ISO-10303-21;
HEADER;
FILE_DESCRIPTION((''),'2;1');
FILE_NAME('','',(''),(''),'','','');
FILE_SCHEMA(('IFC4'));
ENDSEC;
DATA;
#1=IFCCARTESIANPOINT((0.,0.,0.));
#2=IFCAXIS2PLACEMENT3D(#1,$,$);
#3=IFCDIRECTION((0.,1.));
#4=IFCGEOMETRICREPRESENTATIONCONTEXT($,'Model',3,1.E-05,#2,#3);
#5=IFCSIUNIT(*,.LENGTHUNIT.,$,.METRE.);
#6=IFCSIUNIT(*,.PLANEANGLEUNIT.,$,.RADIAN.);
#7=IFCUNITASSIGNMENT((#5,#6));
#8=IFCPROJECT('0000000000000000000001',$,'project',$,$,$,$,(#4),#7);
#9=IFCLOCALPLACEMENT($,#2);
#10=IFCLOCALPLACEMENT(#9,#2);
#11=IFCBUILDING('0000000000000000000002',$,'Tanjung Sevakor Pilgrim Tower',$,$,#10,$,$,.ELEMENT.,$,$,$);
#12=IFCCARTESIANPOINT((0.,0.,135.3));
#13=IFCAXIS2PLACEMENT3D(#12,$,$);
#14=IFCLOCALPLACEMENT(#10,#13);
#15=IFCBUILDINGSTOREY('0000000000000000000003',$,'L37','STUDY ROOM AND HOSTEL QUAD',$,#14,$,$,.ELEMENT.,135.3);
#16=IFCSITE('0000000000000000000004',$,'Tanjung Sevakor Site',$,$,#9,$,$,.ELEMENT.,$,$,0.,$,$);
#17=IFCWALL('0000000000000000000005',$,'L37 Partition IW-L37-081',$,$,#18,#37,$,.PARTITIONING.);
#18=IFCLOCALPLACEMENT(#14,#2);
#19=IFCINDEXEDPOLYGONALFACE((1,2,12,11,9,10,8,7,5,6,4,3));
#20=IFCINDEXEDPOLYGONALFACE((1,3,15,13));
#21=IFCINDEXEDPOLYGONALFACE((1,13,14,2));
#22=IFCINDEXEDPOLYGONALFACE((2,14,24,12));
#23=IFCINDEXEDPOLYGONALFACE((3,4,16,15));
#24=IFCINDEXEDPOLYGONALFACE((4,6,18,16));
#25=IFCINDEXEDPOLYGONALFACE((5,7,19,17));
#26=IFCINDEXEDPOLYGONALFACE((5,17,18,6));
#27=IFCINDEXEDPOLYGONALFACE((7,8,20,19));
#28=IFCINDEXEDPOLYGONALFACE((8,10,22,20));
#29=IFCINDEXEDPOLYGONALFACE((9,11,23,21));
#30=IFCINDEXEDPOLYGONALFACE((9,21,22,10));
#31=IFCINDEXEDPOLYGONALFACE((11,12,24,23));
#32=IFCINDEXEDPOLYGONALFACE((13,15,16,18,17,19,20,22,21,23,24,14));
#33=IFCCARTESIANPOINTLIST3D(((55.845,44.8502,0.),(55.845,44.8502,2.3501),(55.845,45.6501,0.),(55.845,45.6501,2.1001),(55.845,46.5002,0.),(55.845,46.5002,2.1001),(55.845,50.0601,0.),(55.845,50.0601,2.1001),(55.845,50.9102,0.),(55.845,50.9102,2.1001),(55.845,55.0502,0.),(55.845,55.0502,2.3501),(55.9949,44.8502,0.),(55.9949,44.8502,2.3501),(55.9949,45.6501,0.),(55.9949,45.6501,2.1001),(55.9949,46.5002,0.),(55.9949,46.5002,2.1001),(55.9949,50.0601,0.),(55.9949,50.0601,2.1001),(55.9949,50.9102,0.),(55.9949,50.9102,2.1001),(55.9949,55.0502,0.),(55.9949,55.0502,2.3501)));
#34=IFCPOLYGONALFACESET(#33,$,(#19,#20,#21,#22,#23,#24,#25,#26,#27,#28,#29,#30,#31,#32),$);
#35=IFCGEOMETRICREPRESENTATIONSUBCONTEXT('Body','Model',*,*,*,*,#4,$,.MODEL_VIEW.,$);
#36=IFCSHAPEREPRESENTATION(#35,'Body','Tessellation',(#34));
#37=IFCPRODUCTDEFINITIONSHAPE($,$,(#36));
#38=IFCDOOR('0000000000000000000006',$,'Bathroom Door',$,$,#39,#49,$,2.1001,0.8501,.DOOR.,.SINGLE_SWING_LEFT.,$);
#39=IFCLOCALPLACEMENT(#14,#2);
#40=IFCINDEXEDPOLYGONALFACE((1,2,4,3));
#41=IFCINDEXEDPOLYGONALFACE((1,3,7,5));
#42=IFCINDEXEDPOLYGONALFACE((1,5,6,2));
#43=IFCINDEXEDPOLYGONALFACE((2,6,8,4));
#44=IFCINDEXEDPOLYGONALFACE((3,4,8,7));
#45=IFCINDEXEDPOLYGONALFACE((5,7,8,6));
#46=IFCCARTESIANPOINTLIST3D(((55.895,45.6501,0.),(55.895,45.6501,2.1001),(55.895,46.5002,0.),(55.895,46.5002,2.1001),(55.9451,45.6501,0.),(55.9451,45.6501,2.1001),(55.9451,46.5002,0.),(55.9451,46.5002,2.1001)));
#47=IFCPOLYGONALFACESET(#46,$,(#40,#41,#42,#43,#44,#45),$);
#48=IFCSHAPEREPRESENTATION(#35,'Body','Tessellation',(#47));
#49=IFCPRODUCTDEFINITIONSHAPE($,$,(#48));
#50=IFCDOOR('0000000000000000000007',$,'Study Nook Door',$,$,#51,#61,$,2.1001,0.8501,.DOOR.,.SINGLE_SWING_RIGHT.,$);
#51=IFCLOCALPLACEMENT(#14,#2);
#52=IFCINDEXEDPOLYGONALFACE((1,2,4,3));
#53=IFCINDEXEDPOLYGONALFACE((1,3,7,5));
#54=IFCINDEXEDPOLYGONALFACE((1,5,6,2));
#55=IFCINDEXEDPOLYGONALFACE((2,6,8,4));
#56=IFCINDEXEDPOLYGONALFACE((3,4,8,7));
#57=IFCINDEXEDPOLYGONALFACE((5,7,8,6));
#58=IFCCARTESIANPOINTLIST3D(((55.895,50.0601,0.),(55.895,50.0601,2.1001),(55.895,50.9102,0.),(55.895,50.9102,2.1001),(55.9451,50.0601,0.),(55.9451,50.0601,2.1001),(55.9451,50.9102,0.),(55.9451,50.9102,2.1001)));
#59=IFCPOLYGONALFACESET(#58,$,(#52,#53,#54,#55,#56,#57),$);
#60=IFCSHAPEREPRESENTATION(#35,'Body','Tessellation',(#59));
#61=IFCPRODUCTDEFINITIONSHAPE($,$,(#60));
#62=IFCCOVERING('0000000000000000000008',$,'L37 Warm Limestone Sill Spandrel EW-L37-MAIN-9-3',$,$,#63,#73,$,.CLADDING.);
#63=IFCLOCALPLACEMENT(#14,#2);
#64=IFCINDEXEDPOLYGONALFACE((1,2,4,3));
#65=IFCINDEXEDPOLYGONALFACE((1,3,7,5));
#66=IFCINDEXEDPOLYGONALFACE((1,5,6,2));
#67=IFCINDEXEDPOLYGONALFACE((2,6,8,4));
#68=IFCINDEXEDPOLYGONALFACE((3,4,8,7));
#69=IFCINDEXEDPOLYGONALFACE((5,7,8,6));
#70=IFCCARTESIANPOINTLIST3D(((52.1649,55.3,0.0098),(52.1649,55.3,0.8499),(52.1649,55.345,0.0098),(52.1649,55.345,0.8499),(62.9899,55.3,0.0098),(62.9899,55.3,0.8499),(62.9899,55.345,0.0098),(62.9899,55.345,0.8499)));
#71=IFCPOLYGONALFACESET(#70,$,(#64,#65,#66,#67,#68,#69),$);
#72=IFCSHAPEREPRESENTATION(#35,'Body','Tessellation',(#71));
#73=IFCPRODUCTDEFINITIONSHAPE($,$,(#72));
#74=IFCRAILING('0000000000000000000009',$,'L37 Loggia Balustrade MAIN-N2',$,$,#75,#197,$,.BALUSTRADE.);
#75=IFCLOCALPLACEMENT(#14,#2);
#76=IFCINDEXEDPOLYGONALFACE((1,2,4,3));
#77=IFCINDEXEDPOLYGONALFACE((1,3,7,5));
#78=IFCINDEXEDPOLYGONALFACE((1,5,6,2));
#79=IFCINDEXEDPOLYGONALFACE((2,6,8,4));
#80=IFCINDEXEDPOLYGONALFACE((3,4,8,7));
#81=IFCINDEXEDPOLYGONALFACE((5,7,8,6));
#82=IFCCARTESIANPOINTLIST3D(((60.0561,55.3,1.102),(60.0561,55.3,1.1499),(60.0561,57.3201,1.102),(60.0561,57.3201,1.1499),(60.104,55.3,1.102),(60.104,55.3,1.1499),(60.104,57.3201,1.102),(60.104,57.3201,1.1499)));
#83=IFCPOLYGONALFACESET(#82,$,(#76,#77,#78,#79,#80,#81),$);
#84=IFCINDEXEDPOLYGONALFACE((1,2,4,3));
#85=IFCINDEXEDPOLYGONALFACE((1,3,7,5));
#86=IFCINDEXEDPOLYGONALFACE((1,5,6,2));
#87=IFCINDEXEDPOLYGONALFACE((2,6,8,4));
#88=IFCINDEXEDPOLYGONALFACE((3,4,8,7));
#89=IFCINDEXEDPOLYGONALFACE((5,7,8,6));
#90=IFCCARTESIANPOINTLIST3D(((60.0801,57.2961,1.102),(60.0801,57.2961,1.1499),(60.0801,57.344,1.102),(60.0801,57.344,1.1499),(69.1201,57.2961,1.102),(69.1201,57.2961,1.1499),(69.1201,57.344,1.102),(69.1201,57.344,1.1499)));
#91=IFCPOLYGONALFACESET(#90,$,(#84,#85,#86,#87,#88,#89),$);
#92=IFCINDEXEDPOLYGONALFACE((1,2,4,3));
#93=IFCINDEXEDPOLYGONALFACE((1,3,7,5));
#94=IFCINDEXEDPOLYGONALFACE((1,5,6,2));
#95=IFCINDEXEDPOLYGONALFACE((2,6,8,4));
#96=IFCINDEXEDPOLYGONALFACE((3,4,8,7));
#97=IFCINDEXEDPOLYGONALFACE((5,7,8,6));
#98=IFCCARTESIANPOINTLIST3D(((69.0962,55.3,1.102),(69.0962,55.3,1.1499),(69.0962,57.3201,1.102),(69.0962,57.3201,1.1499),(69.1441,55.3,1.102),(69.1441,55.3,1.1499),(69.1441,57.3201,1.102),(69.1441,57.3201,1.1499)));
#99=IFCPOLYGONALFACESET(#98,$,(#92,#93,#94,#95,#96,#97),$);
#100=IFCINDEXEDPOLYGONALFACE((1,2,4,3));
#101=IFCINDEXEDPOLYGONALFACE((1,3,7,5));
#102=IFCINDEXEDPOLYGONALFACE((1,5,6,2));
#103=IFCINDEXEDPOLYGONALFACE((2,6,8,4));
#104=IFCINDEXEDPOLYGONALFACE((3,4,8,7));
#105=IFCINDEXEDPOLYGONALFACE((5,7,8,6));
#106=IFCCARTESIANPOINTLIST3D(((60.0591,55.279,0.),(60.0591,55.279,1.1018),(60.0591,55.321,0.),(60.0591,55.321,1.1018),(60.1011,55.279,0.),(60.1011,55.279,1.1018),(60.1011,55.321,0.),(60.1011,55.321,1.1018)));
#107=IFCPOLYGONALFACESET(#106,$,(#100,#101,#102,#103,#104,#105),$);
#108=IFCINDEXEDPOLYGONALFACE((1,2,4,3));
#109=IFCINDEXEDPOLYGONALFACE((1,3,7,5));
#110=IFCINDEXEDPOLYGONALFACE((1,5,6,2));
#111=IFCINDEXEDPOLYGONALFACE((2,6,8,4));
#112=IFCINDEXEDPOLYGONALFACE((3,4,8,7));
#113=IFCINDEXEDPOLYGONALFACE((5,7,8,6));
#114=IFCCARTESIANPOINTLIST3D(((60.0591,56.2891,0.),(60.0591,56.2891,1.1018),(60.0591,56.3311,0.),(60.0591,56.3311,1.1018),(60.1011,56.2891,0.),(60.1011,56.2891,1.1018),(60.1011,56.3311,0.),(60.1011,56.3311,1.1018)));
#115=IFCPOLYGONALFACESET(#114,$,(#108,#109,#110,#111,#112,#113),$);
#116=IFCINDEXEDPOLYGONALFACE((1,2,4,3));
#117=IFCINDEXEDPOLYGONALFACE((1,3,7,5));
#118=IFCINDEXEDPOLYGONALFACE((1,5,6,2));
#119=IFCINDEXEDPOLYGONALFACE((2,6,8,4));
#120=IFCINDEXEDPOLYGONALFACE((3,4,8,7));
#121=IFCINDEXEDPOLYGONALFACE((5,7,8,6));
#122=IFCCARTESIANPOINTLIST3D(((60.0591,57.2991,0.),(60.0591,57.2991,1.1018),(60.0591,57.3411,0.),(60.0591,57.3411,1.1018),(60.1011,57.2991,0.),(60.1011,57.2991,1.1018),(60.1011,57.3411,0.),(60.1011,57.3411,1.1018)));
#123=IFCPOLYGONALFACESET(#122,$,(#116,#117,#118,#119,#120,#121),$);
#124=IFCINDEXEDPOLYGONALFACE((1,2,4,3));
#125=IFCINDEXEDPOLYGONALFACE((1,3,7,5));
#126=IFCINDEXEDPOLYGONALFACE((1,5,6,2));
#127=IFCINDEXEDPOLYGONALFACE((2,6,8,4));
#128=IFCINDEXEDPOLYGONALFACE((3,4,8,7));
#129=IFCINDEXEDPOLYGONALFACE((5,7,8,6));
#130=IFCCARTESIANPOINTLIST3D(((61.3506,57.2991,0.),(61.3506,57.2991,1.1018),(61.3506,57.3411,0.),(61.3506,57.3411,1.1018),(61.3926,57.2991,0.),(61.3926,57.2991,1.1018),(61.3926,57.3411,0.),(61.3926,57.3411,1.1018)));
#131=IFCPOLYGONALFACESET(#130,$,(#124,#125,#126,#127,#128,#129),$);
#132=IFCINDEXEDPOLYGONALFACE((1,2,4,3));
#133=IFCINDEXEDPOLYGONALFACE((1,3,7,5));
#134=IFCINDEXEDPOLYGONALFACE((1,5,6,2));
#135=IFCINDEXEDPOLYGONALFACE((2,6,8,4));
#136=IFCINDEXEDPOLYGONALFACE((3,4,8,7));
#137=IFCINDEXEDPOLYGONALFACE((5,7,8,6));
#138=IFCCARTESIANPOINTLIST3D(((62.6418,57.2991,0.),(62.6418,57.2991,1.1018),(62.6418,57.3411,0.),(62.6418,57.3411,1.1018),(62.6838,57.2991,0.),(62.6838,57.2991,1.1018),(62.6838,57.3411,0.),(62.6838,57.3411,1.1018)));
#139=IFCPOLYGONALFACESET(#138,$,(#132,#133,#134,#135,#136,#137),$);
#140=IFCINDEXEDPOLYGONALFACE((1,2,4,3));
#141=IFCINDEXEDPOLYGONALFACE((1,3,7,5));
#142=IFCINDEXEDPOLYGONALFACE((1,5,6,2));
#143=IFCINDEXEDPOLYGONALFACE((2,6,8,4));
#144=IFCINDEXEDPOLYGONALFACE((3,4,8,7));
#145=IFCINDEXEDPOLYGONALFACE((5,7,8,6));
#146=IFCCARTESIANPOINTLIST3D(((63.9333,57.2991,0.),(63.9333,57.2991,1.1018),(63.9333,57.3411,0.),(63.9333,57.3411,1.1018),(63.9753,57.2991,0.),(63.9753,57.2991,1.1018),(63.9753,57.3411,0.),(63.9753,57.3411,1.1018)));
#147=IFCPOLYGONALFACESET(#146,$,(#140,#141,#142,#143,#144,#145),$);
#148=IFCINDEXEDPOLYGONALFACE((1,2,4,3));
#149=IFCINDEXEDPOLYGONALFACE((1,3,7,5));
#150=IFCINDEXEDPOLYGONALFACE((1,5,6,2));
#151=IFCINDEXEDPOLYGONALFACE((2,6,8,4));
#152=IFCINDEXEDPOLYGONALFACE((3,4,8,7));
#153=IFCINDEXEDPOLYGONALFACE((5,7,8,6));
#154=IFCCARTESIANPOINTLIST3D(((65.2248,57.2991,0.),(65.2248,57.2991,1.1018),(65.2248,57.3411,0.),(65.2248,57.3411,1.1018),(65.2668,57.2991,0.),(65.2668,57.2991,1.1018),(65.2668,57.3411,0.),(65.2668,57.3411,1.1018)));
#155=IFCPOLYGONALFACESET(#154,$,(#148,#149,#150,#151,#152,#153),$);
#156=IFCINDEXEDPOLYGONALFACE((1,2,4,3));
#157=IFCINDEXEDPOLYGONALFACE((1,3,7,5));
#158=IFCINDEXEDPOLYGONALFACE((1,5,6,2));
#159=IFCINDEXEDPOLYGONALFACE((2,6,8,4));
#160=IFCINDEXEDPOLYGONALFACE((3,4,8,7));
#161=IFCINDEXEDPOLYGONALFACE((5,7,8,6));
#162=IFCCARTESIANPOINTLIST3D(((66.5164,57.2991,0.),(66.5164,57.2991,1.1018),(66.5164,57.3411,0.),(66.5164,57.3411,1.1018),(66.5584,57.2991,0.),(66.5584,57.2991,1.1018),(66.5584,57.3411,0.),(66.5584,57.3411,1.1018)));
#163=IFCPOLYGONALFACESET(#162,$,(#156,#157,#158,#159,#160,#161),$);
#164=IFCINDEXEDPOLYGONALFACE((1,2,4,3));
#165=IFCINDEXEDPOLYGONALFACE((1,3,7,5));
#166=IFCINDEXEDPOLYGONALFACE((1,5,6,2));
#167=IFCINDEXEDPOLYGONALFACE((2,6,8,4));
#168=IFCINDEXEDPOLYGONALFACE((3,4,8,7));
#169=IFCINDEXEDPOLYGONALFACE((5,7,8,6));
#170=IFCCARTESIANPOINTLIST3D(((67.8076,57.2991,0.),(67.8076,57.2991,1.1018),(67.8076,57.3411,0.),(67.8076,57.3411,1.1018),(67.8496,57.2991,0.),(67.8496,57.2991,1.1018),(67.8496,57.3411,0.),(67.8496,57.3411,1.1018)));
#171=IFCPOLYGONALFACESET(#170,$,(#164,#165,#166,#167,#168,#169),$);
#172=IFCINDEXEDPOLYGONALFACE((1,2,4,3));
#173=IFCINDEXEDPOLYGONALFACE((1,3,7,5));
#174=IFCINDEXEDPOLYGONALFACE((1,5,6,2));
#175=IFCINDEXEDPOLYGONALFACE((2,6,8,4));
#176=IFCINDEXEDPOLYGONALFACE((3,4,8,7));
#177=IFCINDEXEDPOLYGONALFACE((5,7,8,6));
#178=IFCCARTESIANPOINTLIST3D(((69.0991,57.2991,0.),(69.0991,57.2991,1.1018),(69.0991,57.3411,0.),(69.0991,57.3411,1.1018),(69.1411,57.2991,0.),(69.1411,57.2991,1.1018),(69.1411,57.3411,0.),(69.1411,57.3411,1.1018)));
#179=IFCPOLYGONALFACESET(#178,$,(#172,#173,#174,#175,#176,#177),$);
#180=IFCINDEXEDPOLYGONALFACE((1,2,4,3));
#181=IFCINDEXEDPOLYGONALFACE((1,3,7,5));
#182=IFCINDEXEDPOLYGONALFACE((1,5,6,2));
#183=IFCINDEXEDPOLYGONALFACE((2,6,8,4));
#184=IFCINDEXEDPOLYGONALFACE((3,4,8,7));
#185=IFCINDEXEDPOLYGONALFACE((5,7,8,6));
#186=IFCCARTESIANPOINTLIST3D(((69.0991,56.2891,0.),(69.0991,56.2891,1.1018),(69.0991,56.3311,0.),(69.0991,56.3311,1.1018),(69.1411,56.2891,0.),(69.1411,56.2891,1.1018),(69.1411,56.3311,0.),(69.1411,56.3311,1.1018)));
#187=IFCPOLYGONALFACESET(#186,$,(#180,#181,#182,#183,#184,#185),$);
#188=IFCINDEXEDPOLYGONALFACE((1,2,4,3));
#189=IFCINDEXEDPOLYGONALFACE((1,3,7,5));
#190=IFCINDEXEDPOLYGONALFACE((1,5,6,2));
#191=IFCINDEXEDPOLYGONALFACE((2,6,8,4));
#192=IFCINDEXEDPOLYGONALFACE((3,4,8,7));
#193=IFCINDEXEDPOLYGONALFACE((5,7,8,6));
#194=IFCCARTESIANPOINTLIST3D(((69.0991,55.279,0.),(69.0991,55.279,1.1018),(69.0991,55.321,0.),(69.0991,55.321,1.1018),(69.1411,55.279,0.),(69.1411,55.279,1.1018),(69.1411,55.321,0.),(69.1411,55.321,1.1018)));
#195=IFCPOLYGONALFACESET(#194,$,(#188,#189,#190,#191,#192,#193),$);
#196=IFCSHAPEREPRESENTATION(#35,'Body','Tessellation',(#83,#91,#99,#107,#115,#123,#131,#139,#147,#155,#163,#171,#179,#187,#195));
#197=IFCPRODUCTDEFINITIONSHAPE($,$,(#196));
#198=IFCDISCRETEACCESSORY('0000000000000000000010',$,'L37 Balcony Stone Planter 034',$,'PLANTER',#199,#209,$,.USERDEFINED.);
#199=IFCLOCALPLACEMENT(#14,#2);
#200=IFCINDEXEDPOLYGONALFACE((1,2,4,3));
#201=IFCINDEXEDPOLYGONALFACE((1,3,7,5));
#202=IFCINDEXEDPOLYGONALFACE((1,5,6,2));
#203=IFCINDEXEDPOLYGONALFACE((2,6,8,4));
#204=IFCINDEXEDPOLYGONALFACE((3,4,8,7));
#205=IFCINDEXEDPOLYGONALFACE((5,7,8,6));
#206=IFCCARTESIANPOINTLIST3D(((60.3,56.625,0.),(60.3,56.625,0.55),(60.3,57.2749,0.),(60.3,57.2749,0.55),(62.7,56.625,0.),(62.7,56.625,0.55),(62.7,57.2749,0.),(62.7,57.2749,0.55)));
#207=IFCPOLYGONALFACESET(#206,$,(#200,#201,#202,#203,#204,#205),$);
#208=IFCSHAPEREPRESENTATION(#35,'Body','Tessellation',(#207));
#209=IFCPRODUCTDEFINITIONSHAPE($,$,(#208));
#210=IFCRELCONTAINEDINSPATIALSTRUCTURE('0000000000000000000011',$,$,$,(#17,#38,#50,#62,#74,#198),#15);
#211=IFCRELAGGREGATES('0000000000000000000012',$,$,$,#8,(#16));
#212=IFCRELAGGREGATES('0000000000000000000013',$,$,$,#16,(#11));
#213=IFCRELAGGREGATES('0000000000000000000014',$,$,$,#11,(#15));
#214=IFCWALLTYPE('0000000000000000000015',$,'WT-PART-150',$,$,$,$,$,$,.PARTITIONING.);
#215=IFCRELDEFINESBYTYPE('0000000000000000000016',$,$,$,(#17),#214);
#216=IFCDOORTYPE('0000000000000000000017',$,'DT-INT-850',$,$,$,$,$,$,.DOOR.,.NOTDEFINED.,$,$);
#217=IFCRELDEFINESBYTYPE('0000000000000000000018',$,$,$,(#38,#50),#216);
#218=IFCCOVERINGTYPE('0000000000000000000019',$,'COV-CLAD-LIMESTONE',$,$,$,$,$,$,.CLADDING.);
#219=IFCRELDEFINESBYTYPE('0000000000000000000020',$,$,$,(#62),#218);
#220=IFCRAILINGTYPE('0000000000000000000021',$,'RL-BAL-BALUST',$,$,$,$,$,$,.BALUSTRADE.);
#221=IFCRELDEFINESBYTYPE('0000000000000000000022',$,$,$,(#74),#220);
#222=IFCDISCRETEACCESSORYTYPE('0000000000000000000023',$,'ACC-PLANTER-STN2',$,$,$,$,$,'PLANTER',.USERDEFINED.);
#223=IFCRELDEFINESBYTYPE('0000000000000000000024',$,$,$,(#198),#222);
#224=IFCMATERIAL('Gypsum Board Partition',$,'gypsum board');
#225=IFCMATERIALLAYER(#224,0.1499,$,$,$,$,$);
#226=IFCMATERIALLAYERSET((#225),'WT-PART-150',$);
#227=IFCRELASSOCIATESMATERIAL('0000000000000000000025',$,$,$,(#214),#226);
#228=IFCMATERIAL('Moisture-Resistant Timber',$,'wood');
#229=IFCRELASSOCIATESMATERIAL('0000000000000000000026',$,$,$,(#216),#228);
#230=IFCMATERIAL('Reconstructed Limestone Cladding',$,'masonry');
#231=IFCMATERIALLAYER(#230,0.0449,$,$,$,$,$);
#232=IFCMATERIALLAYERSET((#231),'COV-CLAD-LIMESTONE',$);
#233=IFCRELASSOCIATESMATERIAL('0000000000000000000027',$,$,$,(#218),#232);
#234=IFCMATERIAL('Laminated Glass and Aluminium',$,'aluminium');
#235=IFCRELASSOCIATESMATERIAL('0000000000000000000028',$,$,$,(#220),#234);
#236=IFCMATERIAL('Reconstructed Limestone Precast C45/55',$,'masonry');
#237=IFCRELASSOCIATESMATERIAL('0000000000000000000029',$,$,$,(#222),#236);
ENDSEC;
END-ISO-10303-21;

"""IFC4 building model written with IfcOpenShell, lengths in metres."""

from ifc_helpers import new_model, si_unit, direction, frame, frame_2d, origin, origin_2d, place, context, subcontext, project, spatial, rectangle, extrude, material, layer, layer_set, type_object, element, fill, save


model = new_model("IFC4")

# Units and contexts
model_context = context("Model", 3, precision=1e-05, world=origin(), true_north=direction((0.0, 1.0)))
body_context = subcontext(model_context, "Body", "Model", "MODEL_VIEW")
ifc_project = project(units=[si_unit("LENGTHUNIT", "METRE"), si_unit("PLANEANGLEUNIT", "RADIAN")], contexts=[model_context])

# Site, building, storey
site_placement = place(None, origin())
site = spatial("IfcSite", under=ifc_project, at=site_placement, Name="Tanjung Sevakor Site", CompositionType="ELEMENT", RefElevation=0.0)
building_placement = place(site_placement, origin())
building = spatial("IfcBuilding", under=site, at=building_placement, Name="Tanjung Sevakor Pilgrim Tower", CompositionType="ELEMENT")
storey_placement = place(building_placement, frame((0.0, 0.0, 135.3)))
storey = spatial("IfcBuildingStorey", under=building, at=storey_placement, Name="L37", Description="STUDY ROOM AND HOSTEL QUAD", CompositionType="ELEMENT", Elevation=135.3)

# Wall, openings, doors
ifc_material_1 = material(Name="Gypsum Board Partition", Category="gypsum board")
ifc_layer_1 = layer(ifc_material_1, 0.1499)
ifc_layer_set_1 = layer_set([ifc_layer_1], Name="WT-PART-150")
wall_type_1 = type_object("IfcWallType", Name="WT-PART-150", PredefinedType="PARTITIONING", material=ifc_layer_set_1)
wall_1_placement = place(storey_placement, frame((55.9199, 44.8501, 0.0), z_axis=(0.0, 0.0, 1.0), x_axis=(0.0, 1.0, 0.0)))
wall_1 = element("IfcWall", 1, at=wall_1_placement, inside=storey, type_object=wall_type_1, Name="L37 Partition IW-L37-081", PredefinedType="PARTITIONING", context=body_context, shape_type="SweptSolid", body=[
    extrude(rectangle(XDim=10.2, YDim=0.1499, at=frame_2d((5.1001, 0.0))), origin(), (0.0, 0.0, 1.0), 2.3501),
])
opening_1_placement = place(wall_1_placement, frame((0.8, 0.0, 0.0)))
opening_1 = element("IfcOpeningElement", 2, at=opening_1_placement, cuts=wall_1, PredefinedType="OPENING", context=body_context, shape_type="SweptSolid", body=[
    extrude(rectangle(XDim=0.8501, YDim=2.1001, at=frame_2d((0.425, 1.05))), frame((0.0, 0.085, 0.0), z_axis=(0.0, -1.0, 0.0), x_axis=(1.0, 0.0, 0.0)), (0.0, 0.0, 1.0), 0.1699),
])
opening_2_placement = place(wall_1_placement, frame((5.21, 0.0, 0.0)))
opening_2 = element("IfcOpeningElement", 3, at=opening_2_placement, cuts=wall_1, PredefinedType="OPENING", context=body_context, shape_type="SweptSolid", body=[
    extrude(rectangle(XDim=0.8501, YDim=2.1001, at=frame_2d((0.425, 1.05))), frame((0.0, 0.085, 0.0), z_axis=(0.0, -1.0, 0.0), x_axis=(1.0, 0.0, 0.0)), (0.0, 0.0, 1.0), 0.1699),
])
ifc_material_2 = material(Name="Moisture-Resistant Timber", Category="wood")
door_type_1 = type_object("IfcDoorType", Name="DT-INT-850", OperationType="NOTDEFINED", PredefinedType="DOOR", material=ifc_material_2)
door_1_placement = place(opening_1_placement, origin())
door_1 = element("IfcDoor", 4, at=door_1_placement, inside=storey, type_object=door_type_1, Name="Bathroom Door", OperationType="SINGLE_SWING_LEFT", OverallHeight=2.1001, OverallWidth=0.8501, PredefinedType="DOOR", context=body_context, shape_type="SweptSolid", body=[
    extrude(rectangle(XDim=0.8501, YDim=2.1001, at=frame_2d((0.425, 1.05))), frame((0.0, 0.0249, 0.0), z_axis=(0.0, -1.0, 0.0), x_axis=(1.0, 0.0, 0.0)), (0.0, 0.0, 1.0), 0.05),
])
fill(opening_1, door_1)
door_2_placement = place(opening_2_placement, origin())
door_2 = element("IfcDoor", 5, at=door_2_placement, inside=storey, type_object=door_type_1, Name="Study Nook Door", OperationType="SINGLE_SWING_RIGHT", OverallHeight=2.1001, OverallWidth=0.8501, PredefinedType="DOOR", context=body_context, shape_type="SweptSolid", body=[
    extrude(rectangle(XDim=0.8501, YDim=2.1001, at=frame_2d((0.425, 1.05))), frame((0.0, 0.0249, 0.0), z_axis=(0.0, -1.0, 0.0), x_axis=(1.0, 0.0, 0.0)), (0.0, 0.0, 1.0), 0.05),
])
fill(opening_2, door_2)

# Covering
ifc_material_3 = material(Name="Reconstructed Limestone Cladding", Category="masonry")
ifc_layer_2 = layer(ifc_material_3, 0.0449)
ifc_layer_set_2 = layer_set([ifc_layer_2], Name="COV-CLAD-LIMESTONE")
covering_type = type_object("IfcCoveringType", Name="COV-CLAD-LIMESTONE", PredefinedType="CLADDING", material=ifc_layer_set_2)
covering_placement = place(storey_placement, frame((57.5774, 55.3225, 0.0098), z_axis=(0.0, 0.0, 1.0), x_axis=(-1.0, 0.0, 0.0)))
element("IfcCovering", 6, at=covering_placement, inside=storey, type_object=covering_type, Name="L37 Warm Limestone Sill Spandrel EW-L37-MAIN-9-3", PredefinedType="CLADDING", context=body_context, shape_type="SweptSolid", body=[
    extrude(rectangle(XDim=10.825, YDim=0.0449, at=origin_2d()), origin(), (0.0, 0.0, 1.0), 0.8401),
])

# Railing
ifc_material_4 = material(Name="Laminated Glass and Aluminium", Category="aluminium")
railing_type = type_object("IfcRailingType", Name="RL-BAL-BALUST", PredefinedType="BALUSTRADE", material=ifc_material_4)
railing_placement = place(storey_placement, frame((60.0801, 55.3, 0.0)))
element("IfcRailing", 7, at=railing_placement, inside=storey, type_object=railing_type, Name="L37 Loggia Balustrade MAIN-N2", PredefinedType="BALUSTRADE", context=body_context, shape_type="SweptSolid", body=[
    extrude(rectangle(XDim=0.0479, YDim=0.0479), frame((0.0, 0.0, 1.126), z_axis=(0.0, 1.0, 0.0), x_axis=(-1.0, 0.0, 0.0)), (0.0, 0.0, 1.0), 2.02),
    extrude(rectangle(XDim=0.0479, YDim=0.0479), frame((0.0, 2.02, 1.126), z_axis=(1.0, 0.0, 0.0), x_axis=(0.0, 1.0, 0.0)), (0.0, 0.0, 1.0), 9.04),
    extrude(rectangle(XDim=0.0479, YDim=0.0479), frame((9.04, 2.02, 1.126), z_axis=(0.0, -1.0, 0.0), x_axis=(1.0, 0.0, 0.0)), (0.0, 0.0, 1.0), 2.02),
    extrude(rectangle(XDim=0.042, YDim=0.042), origin(), (0.0, 0.0, 1.0), 1.1018),
    extrude(rectangle(XDim=0.042, YDim=0.042), frame((0.0, 1.01, 0.0)), (0.0, 0.0, 1.0), 1.1018),
    extrude(rectangle(XDim=0.042, YDim=0.042), frame((0.0, 2.02, 0.0)), (0.0, 0.0, 1.0), 1.1018),
    extrude(rectangle(XDim=0.042, YDim=0.042), frame((1.2915, 2.02, 0.0)), (0.0, 0.0, 1.0), 1.1018),
    extrude(rectangle(XDim=0.042, YDim=0.042), frame((2.5828, 2.02, 0.0)), (0.0, 0.0, 1.0), 1.1018),
    extrude(rectangle(XDim=0.042, YDim=0.042), frame((3.8743, 2.02, 0.0)), (0.0, 0.0, 1.0), 1.1018),
    extrude(rectangle(XDim=0.042, YDim=0.042), frame((5.1658, 2.02, 0.0)), (0.0, 0.0, 1.0), 1.1018),
    extrude(rectangle(XDim=0.042, YDim=0.042), frame((6.4573, 2.02, 0.0)), (0.0, 0.0, 1.0), 1.1018),
    extrude(rectangle(XDim=0.042, YDim=0.042), frame((7.7485, 2.02, 0.0)), (0.0, 0.0, 1.0), 1.1018),
    extrude(rectangle(XDim=0.042, YDim=0.042), frame((9.04, 2.02, 0.0)), (0.0, 0.0, 1.0), 1.1018),
    extrude(rectangle(XDim=0.042, YDim=0.042), frame((9.04, 1.01, 0.0)), (0.0, 0.0, 1.0), 1.1018),
    extrude(rectangle(XDim=0.042, YDim=0.042), frame((9.04, 0.0, 0.0)), (0.0, 0.0, 1.0), 1.1018),
])

# Discrete accessory
ifc_material_5 = material(Name="Reconstructed Limestone Precast C45/55", Category="masonry")
discrete_accessory_type = type_object("IfcDiscreteAccessoryType", Name="ACC-PLANTER-STN2", ElementType="PLANTER", PredefinedType="USERDEFINED", material=ifc_material_5)
discrete_accessory_placement = place(storey_placement, frame((61.5, 56.95, 0.0), z_axis=(0.0, 0.0, 1.0), x_axis=(1.0, 0.0, 0.0)))
element("IfcDiscreteAccessory", 8, at=discrete_accessory_placement, inside=storey, type_object=discrete_accessory_type, Name="L37 Balcony Stone Planter 034", ObjectType="PLANTER", PredefinedType="USERDEFINED", context=body_context, shape_type="SweptSolid", body=[
    extrude(rectangle(XDim=2.3999, YDim=0.6499, at=origin_2d()), origin(), (0.0, 0.0, 1.0), 0.55),
])

save(model, "model.ifc")
